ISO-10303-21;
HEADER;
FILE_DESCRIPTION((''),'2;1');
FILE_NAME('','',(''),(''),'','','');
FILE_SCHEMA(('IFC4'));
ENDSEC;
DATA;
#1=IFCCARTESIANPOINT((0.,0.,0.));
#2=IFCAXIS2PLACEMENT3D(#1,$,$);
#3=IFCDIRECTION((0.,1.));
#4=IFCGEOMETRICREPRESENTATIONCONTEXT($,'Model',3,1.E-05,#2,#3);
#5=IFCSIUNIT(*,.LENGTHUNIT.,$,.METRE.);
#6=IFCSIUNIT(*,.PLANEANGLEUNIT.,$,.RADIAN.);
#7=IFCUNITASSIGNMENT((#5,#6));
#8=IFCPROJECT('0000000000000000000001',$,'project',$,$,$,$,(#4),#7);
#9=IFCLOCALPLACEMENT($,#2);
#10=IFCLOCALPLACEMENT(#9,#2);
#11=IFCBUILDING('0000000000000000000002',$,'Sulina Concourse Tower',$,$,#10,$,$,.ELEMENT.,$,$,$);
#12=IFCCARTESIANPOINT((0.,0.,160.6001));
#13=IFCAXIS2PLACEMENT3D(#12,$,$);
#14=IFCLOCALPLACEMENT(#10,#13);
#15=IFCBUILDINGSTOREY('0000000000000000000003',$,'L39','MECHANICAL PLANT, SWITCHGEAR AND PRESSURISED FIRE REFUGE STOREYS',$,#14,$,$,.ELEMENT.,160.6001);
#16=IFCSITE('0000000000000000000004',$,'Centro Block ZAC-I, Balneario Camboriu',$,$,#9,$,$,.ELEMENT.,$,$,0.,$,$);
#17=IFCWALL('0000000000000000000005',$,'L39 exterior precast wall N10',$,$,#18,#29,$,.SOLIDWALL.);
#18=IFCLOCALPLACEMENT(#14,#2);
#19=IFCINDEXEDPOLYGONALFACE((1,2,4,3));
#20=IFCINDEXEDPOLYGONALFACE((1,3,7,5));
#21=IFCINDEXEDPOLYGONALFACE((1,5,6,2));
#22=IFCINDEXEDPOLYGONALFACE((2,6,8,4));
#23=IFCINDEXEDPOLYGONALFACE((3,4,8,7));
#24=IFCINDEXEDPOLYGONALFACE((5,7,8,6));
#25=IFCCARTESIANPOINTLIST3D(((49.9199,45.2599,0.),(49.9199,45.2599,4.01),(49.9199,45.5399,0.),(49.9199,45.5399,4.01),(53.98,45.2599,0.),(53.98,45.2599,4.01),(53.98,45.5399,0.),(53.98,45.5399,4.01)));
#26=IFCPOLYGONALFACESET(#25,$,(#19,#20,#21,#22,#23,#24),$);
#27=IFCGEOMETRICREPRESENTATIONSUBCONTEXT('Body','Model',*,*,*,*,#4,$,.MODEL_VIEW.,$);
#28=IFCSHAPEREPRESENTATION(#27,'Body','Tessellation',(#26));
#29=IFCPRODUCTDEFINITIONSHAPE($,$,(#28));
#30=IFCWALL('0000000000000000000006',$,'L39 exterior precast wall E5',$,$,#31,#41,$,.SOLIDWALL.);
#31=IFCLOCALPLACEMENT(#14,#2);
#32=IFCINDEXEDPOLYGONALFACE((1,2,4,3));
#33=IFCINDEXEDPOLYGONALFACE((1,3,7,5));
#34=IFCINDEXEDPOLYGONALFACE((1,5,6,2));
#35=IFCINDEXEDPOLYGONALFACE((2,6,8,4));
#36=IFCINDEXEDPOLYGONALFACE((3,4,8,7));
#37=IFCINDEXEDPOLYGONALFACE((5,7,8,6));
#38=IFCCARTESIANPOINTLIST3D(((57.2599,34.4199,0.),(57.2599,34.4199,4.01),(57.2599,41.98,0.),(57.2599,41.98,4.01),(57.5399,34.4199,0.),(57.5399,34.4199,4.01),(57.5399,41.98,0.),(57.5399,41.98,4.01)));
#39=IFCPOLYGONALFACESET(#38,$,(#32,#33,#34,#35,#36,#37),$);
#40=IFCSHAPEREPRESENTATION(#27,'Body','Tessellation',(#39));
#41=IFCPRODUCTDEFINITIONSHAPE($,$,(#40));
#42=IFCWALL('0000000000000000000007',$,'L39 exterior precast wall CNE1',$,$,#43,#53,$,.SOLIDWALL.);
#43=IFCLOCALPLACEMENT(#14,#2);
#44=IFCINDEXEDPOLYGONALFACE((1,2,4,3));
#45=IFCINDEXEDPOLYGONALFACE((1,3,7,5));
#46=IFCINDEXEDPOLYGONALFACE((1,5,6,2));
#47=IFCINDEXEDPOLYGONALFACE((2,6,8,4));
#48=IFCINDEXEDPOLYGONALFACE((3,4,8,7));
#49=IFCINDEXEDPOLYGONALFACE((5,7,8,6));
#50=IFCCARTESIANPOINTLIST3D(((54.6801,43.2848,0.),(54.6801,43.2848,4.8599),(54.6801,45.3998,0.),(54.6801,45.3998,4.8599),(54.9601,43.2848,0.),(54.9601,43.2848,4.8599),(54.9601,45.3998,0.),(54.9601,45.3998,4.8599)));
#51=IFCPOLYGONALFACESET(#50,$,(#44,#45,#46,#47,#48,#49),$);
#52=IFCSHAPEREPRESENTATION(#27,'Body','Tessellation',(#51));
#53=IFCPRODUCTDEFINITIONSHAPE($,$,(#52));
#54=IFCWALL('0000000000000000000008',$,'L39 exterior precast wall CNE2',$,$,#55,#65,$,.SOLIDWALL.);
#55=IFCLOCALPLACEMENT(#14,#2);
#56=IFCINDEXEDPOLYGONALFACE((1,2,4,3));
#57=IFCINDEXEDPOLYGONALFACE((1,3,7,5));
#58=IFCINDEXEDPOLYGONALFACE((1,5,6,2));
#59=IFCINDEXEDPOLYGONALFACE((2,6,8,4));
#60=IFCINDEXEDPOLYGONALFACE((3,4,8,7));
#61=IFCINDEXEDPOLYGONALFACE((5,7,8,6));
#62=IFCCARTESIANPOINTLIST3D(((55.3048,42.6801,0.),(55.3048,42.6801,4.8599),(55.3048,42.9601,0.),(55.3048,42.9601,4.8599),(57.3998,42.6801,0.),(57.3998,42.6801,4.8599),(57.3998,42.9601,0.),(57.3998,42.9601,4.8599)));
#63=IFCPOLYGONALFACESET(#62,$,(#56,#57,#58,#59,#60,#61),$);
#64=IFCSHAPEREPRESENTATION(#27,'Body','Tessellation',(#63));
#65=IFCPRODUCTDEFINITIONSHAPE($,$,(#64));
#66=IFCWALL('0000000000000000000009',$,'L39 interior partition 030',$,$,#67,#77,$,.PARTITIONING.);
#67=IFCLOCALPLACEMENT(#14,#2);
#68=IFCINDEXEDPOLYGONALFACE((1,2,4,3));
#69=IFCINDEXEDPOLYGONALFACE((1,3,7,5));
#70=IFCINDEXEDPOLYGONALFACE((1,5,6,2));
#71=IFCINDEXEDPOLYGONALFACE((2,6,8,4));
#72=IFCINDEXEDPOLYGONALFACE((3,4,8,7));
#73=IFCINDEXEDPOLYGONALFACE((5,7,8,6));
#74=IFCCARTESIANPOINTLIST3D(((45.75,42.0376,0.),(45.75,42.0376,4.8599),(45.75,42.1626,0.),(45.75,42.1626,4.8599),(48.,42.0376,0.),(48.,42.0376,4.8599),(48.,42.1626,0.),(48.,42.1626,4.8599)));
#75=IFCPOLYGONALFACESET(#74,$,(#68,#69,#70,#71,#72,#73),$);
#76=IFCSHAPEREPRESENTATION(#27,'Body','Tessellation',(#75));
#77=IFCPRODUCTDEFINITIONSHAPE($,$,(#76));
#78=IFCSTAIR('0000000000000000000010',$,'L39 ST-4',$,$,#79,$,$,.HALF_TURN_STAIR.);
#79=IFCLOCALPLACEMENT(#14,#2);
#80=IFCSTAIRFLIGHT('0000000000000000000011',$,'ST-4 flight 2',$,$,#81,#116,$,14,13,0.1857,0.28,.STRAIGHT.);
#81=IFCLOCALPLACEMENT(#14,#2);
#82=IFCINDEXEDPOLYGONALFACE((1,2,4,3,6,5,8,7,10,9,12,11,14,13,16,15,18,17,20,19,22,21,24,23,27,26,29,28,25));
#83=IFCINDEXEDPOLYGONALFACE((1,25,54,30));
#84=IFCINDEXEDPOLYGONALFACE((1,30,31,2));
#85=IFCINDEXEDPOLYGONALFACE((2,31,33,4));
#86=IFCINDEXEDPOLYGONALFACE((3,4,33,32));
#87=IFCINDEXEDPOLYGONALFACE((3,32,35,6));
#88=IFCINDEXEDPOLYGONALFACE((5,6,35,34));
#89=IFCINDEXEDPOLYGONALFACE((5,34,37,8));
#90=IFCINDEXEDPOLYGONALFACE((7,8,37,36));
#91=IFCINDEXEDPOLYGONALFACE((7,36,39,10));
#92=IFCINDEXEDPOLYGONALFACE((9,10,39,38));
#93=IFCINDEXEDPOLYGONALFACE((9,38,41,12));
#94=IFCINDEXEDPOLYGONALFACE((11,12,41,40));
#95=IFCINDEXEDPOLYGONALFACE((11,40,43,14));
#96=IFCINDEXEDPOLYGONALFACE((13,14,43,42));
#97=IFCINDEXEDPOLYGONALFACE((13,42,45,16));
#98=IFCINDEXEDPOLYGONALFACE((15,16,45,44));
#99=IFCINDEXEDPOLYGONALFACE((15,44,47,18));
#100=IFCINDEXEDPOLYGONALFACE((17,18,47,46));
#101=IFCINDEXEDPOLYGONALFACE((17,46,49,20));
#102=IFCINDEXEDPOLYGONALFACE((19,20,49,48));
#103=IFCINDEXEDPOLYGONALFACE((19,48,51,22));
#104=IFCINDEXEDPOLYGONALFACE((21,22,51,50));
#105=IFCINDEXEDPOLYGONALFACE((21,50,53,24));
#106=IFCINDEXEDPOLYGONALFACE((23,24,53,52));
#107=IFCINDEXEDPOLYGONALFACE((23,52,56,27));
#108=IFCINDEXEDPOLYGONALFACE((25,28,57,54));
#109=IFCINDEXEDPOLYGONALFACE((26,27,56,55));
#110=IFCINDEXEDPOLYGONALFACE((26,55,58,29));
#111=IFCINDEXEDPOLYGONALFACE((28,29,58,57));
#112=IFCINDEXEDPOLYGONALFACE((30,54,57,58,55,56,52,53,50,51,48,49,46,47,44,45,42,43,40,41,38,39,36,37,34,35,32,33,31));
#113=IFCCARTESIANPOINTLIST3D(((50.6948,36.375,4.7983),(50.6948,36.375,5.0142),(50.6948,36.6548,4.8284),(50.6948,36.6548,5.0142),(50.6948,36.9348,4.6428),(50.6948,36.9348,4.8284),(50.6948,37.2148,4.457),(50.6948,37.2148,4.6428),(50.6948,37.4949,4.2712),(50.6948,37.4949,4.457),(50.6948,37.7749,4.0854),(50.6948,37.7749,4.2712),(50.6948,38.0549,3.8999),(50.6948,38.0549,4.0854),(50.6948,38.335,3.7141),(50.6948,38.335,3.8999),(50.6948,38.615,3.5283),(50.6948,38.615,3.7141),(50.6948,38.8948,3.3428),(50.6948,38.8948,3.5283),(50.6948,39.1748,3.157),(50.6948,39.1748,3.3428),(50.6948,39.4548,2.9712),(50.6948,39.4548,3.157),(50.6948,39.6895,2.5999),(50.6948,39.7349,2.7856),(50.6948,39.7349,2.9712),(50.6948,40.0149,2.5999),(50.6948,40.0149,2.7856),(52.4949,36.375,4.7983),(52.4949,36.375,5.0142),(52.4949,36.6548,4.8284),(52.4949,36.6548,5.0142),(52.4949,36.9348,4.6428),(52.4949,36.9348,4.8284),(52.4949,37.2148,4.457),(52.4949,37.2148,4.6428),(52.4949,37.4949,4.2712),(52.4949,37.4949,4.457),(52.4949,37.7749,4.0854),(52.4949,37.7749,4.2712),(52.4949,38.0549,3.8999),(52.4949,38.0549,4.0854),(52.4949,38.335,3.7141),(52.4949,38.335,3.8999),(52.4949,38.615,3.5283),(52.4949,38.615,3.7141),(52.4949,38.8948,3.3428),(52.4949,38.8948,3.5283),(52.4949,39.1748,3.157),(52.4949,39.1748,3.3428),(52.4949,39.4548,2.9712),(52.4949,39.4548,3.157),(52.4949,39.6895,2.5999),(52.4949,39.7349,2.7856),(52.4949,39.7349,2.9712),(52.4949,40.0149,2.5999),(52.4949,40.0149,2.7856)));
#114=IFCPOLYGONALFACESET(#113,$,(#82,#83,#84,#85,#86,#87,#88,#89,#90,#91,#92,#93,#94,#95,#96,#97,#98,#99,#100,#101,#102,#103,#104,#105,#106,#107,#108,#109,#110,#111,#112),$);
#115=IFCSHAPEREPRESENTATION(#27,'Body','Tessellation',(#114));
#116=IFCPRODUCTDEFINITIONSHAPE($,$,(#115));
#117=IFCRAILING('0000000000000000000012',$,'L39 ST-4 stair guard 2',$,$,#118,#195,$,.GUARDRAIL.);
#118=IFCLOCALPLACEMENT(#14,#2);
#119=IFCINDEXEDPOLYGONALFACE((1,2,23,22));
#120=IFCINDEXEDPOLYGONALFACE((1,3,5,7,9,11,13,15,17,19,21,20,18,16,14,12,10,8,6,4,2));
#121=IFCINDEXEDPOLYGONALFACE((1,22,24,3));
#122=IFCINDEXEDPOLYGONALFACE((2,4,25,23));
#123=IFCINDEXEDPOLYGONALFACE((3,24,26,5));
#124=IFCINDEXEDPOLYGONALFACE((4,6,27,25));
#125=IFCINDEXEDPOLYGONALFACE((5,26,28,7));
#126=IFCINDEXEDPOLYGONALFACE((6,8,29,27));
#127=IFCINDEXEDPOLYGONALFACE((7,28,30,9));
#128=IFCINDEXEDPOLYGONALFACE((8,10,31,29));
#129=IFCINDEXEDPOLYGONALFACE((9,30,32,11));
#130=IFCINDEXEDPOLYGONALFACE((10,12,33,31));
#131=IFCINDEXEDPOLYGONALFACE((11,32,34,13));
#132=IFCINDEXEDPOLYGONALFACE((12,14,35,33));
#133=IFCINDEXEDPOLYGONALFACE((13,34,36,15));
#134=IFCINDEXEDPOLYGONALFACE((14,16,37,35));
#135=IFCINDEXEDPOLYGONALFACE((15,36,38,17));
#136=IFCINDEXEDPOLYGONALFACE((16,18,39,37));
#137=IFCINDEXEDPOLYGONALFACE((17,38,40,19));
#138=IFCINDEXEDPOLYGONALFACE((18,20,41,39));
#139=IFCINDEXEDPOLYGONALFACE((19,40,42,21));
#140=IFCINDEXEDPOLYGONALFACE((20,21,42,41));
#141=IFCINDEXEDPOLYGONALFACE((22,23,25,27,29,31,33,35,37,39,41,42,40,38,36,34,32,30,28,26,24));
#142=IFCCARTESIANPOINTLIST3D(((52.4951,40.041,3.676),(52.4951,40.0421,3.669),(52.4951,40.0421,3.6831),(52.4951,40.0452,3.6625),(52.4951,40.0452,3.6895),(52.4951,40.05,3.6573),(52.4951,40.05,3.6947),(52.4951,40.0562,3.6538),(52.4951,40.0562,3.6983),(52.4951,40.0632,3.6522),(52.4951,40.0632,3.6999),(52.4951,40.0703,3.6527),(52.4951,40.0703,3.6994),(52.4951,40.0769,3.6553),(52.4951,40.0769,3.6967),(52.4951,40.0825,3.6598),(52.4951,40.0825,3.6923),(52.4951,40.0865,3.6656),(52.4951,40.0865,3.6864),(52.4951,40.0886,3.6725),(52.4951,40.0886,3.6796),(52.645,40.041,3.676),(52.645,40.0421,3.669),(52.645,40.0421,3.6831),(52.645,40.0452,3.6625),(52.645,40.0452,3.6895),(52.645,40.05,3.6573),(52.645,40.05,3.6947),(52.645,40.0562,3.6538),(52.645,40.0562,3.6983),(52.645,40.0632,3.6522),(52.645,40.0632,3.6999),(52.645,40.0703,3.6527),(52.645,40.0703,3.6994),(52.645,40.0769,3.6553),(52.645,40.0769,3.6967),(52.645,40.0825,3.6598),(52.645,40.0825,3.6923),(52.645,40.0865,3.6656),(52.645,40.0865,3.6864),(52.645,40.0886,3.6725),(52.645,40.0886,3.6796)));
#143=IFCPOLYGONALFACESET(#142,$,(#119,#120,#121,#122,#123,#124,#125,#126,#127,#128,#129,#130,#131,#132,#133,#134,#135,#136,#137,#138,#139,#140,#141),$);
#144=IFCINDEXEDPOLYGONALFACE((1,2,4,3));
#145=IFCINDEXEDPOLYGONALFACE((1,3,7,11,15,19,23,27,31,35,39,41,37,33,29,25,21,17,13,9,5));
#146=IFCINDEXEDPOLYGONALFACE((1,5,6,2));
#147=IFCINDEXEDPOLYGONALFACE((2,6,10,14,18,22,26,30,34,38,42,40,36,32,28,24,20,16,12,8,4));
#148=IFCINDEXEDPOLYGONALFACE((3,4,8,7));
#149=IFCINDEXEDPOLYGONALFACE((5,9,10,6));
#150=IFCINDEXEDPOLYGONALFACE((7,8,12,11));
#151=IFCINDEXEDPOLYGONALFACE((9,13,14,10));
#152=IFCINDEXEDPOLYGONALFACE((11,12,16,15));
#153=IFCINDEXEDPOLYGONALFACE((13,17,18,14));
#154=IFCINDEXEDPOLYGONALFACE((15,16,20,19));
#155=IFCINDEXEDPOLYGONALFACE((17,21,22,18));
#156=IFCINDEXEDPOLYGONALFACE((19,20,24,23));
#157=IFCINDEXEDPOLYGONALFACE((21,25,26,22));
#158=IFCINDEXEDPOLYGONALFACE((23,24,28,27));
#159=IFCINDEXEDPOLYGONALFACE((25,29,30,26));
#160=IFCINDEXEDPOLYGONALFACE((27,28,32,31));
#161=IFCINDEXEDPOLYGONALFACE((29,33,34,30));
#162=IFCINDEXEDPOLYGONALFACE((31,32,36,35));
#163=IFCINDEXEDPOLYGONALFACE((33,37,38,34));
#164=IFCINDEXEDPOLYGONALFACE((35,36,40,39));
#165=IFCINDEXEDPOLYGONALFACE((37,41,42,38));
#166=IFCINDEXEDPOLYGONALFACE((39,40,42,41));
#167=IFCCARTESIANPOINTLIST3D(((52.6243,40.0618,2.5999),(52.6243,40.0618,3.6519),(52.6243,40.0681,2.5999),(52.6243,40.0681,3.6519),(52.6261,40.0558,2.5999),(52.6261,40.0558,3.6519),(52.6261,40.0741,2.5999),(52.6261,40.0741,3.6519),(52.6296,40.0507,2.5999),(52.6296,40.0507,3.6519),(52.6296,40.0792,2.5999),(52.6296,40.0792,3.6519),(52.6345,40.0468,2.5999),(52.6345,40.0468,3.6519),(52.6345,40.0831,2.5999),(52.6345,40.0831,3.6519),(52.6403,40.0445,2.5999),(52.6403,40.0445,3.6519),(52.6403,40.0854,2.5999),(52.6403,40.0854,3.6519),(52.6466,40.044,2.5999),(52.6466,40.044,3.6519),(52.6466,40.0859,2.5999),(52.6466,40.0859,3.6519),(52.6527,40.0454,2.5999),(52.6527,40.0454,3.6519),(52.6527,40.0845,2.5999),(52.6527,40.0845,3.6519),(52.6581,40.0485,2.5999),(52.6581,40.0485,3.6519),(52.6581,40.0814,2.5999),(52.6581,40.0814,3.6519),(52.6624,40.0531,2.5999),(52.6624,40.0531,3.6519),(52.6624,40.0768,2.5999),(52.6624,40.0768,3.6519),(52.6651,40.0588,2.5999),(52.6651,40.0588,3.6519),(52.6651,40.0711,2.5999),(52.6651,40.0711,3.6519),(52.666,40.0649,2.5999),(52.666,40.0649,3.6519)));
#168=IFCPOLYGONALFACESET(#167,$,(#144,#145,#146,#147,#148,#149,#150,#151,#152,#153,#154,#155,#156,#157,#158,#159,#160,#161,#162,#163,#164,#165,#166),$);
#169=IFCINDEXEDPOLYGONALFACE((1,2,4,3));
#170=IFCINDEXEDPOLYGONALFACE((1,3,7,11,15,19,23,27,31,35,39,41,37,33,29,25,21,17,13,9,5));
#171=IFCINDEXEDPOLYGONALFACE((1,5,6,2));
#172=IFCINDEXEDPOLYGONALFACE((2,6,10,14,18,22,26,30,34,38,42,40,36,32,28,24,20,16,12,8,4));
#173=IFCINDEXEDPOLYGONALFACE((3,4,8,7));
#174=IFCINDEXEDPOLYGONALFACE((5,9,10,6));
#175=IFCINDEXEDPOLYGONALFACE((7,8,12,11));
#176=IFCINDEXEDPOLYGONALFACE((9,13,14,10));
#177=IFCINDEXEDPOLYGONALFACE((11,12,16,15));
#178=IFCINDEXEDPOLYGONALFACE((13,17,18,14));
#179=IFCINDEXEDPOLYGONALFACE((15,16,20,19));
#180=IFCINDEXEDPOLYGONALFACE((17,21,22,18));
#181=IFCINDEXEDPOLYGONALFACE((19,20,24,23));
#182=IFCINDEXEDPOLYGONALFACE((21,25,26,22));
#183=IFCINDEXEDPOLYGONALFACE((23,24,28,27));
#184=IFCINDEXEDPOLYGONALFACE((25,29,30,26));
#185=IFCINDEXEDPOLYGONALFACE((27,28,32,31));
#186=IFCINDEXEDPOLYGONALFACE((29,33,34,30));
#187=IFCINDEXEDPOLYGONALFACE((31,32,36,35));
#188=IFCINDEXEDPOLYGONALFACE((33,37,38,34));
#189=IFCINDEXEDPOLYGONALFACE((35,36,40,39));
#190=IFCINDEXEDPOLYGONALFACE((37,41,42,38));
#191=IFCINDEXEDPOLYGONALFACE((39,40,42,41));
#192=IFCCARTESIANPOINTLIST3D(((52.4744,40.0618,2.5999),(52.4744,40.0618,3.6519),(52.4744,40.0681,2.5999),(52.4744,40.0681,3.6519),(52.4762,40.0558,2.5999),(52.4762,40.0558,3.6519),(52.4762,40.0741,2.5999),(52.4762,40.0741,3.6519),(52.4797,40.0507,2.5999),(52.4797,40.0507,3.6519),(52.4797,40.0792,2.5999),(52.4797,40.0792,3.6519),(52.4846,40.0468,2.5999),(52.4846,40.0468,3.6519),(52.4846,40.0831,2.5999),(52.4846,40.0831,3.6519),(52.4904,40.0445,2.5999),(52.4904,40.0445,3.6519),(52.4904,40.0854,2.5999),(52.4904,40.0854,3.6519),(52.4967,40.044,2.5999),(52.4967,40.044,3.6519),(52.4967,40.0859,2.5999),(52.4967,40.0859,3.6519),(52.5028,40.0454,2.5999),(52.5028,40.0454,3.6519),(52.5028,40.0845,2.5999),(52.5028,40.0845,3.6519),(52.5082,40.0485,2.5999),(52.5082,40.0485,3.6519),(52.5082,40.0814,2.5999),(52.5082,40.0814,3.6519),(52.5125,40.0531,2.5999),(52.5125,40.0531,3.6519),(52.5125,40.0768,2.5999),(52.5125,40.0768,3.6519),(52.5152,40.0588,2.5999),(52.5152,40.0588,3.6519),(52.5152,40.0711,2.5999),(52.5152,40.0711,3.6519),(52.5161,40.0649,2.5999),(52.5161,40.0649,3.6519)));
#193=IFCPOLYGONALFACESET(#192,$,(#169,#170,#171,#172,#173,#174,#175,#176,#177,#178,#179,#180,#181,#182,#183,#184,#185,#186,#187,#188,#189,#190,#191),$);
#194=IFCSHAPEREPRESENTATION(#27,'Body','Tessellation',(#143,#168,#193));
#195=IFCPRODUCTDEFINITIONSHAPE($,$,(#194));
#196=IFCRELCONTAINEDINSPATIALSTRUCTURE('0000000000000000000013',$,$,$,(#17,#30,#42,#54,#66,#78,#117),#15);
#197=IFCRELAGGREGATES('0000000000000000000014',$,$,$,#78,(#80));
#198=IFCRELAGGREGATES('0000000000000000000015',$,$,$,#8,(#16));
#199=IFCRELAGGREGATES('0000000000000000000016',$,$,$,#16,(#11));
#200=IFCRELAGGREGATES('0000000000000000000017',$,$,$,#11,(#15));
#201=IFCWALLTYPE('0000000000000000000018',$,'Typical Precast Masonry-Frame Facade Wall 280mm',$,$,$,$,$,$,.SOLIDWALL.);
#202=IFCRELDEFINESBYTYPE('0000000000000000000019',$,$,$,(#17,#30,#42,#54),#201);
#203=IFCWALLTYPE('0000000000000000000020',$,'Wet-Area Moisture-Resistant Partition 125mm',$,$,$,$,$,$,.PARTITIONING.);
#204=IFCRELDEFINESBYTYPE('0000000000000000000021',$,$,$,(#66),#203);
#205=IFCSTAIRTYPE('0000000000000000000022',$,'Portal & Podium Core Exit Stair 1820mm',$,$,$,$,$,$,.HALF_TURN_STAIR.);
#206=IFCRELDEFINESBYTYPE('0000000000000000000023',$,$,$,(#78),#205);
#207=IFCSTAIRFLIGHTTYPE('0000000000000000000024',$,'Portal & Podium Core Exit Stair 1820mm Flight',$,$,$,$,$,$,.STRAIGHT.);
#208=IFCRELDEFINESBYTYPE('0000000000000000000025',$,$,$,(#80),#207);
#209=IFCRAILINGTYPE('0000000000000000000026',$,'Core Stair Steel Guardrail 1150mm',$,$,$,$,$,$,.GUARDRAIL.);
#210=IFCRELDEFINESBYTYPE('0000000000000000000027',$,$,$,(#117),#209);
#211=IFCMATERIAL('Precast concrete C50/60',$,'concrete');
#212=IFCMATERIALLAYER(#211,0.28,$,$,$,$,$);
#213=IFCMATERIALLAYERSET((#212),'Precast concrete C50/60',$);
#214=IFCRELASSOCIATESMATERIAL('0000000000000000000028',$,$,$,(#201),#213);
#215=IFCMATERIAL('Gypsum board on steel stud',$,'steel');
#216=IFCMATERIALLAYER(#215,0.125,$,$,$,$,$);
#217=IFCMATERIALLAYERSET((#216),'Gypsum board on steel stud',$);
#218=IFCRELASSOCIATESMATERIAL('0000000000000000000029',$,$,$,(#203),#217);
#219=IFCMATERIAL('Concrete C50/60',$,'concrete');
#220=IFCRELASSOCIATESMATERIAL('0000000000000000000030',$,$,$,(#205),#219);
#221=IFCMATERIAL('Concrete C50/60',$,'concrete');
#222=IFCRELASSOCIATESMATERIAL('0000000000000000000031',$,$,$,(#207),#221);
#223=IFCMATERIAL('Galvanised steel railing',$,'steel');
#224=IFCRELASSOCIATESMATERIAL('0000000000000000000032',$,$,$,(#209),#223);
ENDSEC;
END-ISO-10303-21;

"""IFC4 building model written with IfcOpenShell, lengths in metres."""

from ifc_helpers import new_model, si_unit, direction, frame, frame_2d, origin, origin_2d, place, context, subcontext, project, spatial, polyline, rectangle, circle, outline, extrude, material, layer, layer_set, type_object, element, aggregate, save


model = new_model("IFC4")

# Units and contexts
model_context = context("Model", 3, precision=1e-05, world=origin(), true_north=direction((0.0, 1.0)))
body_context = subcontext(model_context, "Body", "Model", "MODEL_VIEW")
ifc_project = project(units=[si_unit("LENGTHUNIT", "METRE"), si_unit("PLANEANGLEUNIT", "RADIAN")], contexts=[model_context])

# Site, building, storey
site_placement = place(None, origin())
site = spatial("IfcSite", under=ifc_project, at=site_placement, Name="Centro Block ZAC-I, Balneario Camboriu", CompositionType="ELEMENT", RefElevation=0.0)
building_placement = place(site_placement, origin())
building = spatial("IfcBuilding", under=site, at=building_placement, Name="Sulina Concourse Tower", CompositionType="ELEMENT")
storey_placement = place(building_placement, frame((0.0, 0.0, 160.6001)))
storey = spatial("IfcBuildingStorey", under=building, at=storey_placement, Name="L39", Description="MECHANICAL PLANT, SWITCHGEAR AND PRESSURISED FIRE REFUGE STOREYS", CompositionType="ELEMENT", Elevation=160.6001)

# Walls
ifc_material_1 = material(Name="Precast concrete C50/60", Category="concrete")
ifc_layer_1 = layer(ifc_material_1, 0.28)
ifc_layer_set_1 = layer_set([ifc_layer_1], Name="Precast concrete C50/60")
wall_type_1 = type_object("IfcWallType", Name="Typical Precast Masonry-Frame Facade Wall 280mm", PredefinedType="SOLIDWALL", material=ifc_layer_set_1)
wall_1_placement = place(storey_placement, frame((49.9199, 45.3999, 0.0), z_axis=(0.0, 0.0, 1.0), x_axis=(1.0, 0.0, 0.0)))
element("IfcWall", 1, at=wall_1_placement, inside=storey, type_object=wall_type_1, Name="L39 exterior precast wall N10", PredefinedType="SOLIDWALL", context=body_context, shape_type="SweptSolid", body=[
    extrude(rectangle(XDim=4.0601, YDim=0.28, at=frame_2d((2.03, 0.0))), origin(), (0.0, 0.0, 1.0), 4.01),
])
wall_2_placement = place(storey_placement, frame((57.3999, 41.98, 0.0), z_axis=(0.0, 0.0, 1.0), x_axis=(0.0, -1.0, 0.0)))
element("IfcWall", 2, at=wall_2_placement, inside=storey, type_object=wall_type_1, Name="L39 exterior precast wall E5", PredefinedType="SOLIDWALL", context=body_context, shape_type="SweptSolid", body=[
    extrude(rectangle(XDim=7.5601, YDim=0.28, at=frame_2d((3.78, 0.0))), origin(), (0.0, 0.0, 1.0), 4.01),
])
wall_3_placement = place(storey_placement, frame((54.8201, 45.3999, 0.0), z_axis=(0.0, 0.0, 1.0), x_axis=(0.0, -1.0, 0.0)))
element("IfcWall", 3, at=wall_3_placement, inside=storey, type_object=wall_type_1, Name="L39 exterior precast wall CNE1", PredefinedType="SOLIDWALL", context=body_context, shape_type="SweptSolid", body=[
    extrude(rectangle(XDim=2.115, YDim=0.28, at=frame_2d((1.0576, 0.0))), origin(), (0.0, 0.0, 1.0), 4.8599),
])
wall_4_placement = place(storey_placement, frame((55.3049, 42.8201, 0.0), z_axis=(0.0, 0.0, 1.0), x_axis=(1.0, 0.0, 0.0)))
element("IfcWall", 4, at=wall_4_placement, inside=storey, type_object=wall_type_1, Name="L39 exterior precast wall CNE2", PredefinedType="SOLIDWALL", context=body_context, shape_type="SweptSolid", body=[
    extrude(rectangle(XDim=2.095, YDim=0.28, at=frame_2d((1.0474, 0.0))), origin(), (0.0, 0.0, 1.0), 4.8599),
])
ifc_material_2 = material(Name="Gypsum board on steel stud", Category="steel")
ifc_layer_2 = layer(ifc_material_2, 0.125)
ifc_layer_set_2 = layer_set([ifc_layer_2], Name="Gypsum board on steel stud")
wall_type_2 = type_object("IfcWallType", Name="Wet-Area Moisture-Resistant Partition 125mm", PredefinedType="PARTITIONING", material=ifc_layer_set_2)
wall_5_placement = place(storey_placement, frame((45.75, 42.1001, 0.0), z_axis=(0.0, 0.0, 1.0), x_axis=(1.0, 0.0, 0.0)))
element("IfcWall", 5, at=wall_5_placement, inside=storey, type_object=wall_type_2, Name="L39 interior partition 030", PredefinedType="PARTITIONING", context=body_context, shape_type="SweptSolid", body=[
    extrude(rectangle(XDim=2.25, YDim=0.125, at=frame_2d((1.125, 0.0))), origin(), (0.0, 0.0, 1.0), 4.8599),
])

# Stair, stair flight
ifc_material_3 = material(Name="Concrete C50/60", Category="concrete")
stair_type = type_object("IfcStairType", Name="Portal & Podium Core Exit Stair 1820mm", PredefinedType="HALF_TURN_STAIR", material=ifc_material_3)
stair_placement = place(storey_placement, origin())
stair = element("IfcStair", 6, at=stair_placement, inside=storey, type_object=stair_type, Name="L39 ST-4", PredefinedType="HALF_TURN_STAIR")
ifc_material_4 = material(Name="Concrete C50/60", Category="concrete")
stair_flight_type = type_object("IfcStairFlightType", Name="Portal & Podium Core Exit Stair 1820mm Flight", PredefinedType="STRAIGHT", material=ifc_material_4)
stair_flight_placement = place(storey_placement, frame((51.595, 40.0149, 2.5999), z_axis=(0.0, 0.0, 1.0), x_axis=(0.0, -1.0, 0.0)))
stair_flight = element("IfcStairFlight", 7, at=stair_flight_placement, type_object=stair_flight_type, Name="ST-4 flight 2", NumberOfRisers=14, NumberOfTreads=13, PredefinedType="STRAIGHT", RiserHeight=0.1857, TreadLength=0.28, context=body_context, shape_type="SweptSolid", body=[
    extrude(outline(polyline([(0.0, 0.0), (0.0, 0.1858), (0.28, 0.1858), (0.28, 0.3713), (0.5601, 0.3713), (0.5601, 0.5571), (0.8401, 0.5571), (0.8401, 0.7429), (1.1201, 0.7429), (1.1201, 0.9285), (1.3999, 0.9285), (1.3999, 1.1143), (1.6799, 1.1143), (1.6799, 1.3), (1.96, 1.3), (1.96, 1.4856), (2.24, 1.4856), (2.24, 1.6714), (2.52, 1.6714), (2.52, 1.8572), (2.8, 1.8572), (2.8, 2.043), (3.0801, 2.043), (3.0801, 2.2285), (3.3601, 2.2285), (3.3601, 2.4143), (3.6399, 2.4143), (3.6399, 2.6001), (3.6399, 2.1985), (0.3254, 0.0), (0.0, 0.0)])), frame((0.0, 0.8999, 0.0), z_axis=(0.0, -1.0, 0.0), x_axis=(1.0, 0.0, 0.0)), (0.0, 0.0, 1.0), 1.8),
])
aggregate(stair, [stair_flight])

# Railing
ifc_material_5 = material(Name="Galvanised steel railing", Category="steel")
railing_type_1 = type_object("IfcRailingType", Name="Core Stair Steel Guardrail 1150mm", PredefinedType="GUARDRAIL", material=ifc_material_5)
railing_1_placement = place(storey_placement, frame((52.645, 40.0649, 2.5999)))
element("IfcRailing", 8, at=railing_1_placement, inside=storey, type_object=railing_type_1, Name="L39 ST-4 stair guard 2", PredefinedType="GUARDRAIL", context=body_context, shape_type="SweptSolid", body=[
    extrude(circle(Radius=0.0239, at=origin_2d()), frame((0.0, 0.0, 1.0762), z_axis=(-1.0, 0.0, 0.0), x_axis=(0.0, -1.0, 0.0)), (0.0, 0.0, 1.0), 0.1499),
    extrude(circle(Radius=0.021, at=origin_2d()), origin(), (0.0, 0.0, 1.0), 1.052),
    extrude(circle(Radius=0.021, at=origin_2d()), frame((-0.1499, 0.0, 0.0)), (0.0, 0.0, 1.0), 1.052),
])

save(model, "model.ifc")
